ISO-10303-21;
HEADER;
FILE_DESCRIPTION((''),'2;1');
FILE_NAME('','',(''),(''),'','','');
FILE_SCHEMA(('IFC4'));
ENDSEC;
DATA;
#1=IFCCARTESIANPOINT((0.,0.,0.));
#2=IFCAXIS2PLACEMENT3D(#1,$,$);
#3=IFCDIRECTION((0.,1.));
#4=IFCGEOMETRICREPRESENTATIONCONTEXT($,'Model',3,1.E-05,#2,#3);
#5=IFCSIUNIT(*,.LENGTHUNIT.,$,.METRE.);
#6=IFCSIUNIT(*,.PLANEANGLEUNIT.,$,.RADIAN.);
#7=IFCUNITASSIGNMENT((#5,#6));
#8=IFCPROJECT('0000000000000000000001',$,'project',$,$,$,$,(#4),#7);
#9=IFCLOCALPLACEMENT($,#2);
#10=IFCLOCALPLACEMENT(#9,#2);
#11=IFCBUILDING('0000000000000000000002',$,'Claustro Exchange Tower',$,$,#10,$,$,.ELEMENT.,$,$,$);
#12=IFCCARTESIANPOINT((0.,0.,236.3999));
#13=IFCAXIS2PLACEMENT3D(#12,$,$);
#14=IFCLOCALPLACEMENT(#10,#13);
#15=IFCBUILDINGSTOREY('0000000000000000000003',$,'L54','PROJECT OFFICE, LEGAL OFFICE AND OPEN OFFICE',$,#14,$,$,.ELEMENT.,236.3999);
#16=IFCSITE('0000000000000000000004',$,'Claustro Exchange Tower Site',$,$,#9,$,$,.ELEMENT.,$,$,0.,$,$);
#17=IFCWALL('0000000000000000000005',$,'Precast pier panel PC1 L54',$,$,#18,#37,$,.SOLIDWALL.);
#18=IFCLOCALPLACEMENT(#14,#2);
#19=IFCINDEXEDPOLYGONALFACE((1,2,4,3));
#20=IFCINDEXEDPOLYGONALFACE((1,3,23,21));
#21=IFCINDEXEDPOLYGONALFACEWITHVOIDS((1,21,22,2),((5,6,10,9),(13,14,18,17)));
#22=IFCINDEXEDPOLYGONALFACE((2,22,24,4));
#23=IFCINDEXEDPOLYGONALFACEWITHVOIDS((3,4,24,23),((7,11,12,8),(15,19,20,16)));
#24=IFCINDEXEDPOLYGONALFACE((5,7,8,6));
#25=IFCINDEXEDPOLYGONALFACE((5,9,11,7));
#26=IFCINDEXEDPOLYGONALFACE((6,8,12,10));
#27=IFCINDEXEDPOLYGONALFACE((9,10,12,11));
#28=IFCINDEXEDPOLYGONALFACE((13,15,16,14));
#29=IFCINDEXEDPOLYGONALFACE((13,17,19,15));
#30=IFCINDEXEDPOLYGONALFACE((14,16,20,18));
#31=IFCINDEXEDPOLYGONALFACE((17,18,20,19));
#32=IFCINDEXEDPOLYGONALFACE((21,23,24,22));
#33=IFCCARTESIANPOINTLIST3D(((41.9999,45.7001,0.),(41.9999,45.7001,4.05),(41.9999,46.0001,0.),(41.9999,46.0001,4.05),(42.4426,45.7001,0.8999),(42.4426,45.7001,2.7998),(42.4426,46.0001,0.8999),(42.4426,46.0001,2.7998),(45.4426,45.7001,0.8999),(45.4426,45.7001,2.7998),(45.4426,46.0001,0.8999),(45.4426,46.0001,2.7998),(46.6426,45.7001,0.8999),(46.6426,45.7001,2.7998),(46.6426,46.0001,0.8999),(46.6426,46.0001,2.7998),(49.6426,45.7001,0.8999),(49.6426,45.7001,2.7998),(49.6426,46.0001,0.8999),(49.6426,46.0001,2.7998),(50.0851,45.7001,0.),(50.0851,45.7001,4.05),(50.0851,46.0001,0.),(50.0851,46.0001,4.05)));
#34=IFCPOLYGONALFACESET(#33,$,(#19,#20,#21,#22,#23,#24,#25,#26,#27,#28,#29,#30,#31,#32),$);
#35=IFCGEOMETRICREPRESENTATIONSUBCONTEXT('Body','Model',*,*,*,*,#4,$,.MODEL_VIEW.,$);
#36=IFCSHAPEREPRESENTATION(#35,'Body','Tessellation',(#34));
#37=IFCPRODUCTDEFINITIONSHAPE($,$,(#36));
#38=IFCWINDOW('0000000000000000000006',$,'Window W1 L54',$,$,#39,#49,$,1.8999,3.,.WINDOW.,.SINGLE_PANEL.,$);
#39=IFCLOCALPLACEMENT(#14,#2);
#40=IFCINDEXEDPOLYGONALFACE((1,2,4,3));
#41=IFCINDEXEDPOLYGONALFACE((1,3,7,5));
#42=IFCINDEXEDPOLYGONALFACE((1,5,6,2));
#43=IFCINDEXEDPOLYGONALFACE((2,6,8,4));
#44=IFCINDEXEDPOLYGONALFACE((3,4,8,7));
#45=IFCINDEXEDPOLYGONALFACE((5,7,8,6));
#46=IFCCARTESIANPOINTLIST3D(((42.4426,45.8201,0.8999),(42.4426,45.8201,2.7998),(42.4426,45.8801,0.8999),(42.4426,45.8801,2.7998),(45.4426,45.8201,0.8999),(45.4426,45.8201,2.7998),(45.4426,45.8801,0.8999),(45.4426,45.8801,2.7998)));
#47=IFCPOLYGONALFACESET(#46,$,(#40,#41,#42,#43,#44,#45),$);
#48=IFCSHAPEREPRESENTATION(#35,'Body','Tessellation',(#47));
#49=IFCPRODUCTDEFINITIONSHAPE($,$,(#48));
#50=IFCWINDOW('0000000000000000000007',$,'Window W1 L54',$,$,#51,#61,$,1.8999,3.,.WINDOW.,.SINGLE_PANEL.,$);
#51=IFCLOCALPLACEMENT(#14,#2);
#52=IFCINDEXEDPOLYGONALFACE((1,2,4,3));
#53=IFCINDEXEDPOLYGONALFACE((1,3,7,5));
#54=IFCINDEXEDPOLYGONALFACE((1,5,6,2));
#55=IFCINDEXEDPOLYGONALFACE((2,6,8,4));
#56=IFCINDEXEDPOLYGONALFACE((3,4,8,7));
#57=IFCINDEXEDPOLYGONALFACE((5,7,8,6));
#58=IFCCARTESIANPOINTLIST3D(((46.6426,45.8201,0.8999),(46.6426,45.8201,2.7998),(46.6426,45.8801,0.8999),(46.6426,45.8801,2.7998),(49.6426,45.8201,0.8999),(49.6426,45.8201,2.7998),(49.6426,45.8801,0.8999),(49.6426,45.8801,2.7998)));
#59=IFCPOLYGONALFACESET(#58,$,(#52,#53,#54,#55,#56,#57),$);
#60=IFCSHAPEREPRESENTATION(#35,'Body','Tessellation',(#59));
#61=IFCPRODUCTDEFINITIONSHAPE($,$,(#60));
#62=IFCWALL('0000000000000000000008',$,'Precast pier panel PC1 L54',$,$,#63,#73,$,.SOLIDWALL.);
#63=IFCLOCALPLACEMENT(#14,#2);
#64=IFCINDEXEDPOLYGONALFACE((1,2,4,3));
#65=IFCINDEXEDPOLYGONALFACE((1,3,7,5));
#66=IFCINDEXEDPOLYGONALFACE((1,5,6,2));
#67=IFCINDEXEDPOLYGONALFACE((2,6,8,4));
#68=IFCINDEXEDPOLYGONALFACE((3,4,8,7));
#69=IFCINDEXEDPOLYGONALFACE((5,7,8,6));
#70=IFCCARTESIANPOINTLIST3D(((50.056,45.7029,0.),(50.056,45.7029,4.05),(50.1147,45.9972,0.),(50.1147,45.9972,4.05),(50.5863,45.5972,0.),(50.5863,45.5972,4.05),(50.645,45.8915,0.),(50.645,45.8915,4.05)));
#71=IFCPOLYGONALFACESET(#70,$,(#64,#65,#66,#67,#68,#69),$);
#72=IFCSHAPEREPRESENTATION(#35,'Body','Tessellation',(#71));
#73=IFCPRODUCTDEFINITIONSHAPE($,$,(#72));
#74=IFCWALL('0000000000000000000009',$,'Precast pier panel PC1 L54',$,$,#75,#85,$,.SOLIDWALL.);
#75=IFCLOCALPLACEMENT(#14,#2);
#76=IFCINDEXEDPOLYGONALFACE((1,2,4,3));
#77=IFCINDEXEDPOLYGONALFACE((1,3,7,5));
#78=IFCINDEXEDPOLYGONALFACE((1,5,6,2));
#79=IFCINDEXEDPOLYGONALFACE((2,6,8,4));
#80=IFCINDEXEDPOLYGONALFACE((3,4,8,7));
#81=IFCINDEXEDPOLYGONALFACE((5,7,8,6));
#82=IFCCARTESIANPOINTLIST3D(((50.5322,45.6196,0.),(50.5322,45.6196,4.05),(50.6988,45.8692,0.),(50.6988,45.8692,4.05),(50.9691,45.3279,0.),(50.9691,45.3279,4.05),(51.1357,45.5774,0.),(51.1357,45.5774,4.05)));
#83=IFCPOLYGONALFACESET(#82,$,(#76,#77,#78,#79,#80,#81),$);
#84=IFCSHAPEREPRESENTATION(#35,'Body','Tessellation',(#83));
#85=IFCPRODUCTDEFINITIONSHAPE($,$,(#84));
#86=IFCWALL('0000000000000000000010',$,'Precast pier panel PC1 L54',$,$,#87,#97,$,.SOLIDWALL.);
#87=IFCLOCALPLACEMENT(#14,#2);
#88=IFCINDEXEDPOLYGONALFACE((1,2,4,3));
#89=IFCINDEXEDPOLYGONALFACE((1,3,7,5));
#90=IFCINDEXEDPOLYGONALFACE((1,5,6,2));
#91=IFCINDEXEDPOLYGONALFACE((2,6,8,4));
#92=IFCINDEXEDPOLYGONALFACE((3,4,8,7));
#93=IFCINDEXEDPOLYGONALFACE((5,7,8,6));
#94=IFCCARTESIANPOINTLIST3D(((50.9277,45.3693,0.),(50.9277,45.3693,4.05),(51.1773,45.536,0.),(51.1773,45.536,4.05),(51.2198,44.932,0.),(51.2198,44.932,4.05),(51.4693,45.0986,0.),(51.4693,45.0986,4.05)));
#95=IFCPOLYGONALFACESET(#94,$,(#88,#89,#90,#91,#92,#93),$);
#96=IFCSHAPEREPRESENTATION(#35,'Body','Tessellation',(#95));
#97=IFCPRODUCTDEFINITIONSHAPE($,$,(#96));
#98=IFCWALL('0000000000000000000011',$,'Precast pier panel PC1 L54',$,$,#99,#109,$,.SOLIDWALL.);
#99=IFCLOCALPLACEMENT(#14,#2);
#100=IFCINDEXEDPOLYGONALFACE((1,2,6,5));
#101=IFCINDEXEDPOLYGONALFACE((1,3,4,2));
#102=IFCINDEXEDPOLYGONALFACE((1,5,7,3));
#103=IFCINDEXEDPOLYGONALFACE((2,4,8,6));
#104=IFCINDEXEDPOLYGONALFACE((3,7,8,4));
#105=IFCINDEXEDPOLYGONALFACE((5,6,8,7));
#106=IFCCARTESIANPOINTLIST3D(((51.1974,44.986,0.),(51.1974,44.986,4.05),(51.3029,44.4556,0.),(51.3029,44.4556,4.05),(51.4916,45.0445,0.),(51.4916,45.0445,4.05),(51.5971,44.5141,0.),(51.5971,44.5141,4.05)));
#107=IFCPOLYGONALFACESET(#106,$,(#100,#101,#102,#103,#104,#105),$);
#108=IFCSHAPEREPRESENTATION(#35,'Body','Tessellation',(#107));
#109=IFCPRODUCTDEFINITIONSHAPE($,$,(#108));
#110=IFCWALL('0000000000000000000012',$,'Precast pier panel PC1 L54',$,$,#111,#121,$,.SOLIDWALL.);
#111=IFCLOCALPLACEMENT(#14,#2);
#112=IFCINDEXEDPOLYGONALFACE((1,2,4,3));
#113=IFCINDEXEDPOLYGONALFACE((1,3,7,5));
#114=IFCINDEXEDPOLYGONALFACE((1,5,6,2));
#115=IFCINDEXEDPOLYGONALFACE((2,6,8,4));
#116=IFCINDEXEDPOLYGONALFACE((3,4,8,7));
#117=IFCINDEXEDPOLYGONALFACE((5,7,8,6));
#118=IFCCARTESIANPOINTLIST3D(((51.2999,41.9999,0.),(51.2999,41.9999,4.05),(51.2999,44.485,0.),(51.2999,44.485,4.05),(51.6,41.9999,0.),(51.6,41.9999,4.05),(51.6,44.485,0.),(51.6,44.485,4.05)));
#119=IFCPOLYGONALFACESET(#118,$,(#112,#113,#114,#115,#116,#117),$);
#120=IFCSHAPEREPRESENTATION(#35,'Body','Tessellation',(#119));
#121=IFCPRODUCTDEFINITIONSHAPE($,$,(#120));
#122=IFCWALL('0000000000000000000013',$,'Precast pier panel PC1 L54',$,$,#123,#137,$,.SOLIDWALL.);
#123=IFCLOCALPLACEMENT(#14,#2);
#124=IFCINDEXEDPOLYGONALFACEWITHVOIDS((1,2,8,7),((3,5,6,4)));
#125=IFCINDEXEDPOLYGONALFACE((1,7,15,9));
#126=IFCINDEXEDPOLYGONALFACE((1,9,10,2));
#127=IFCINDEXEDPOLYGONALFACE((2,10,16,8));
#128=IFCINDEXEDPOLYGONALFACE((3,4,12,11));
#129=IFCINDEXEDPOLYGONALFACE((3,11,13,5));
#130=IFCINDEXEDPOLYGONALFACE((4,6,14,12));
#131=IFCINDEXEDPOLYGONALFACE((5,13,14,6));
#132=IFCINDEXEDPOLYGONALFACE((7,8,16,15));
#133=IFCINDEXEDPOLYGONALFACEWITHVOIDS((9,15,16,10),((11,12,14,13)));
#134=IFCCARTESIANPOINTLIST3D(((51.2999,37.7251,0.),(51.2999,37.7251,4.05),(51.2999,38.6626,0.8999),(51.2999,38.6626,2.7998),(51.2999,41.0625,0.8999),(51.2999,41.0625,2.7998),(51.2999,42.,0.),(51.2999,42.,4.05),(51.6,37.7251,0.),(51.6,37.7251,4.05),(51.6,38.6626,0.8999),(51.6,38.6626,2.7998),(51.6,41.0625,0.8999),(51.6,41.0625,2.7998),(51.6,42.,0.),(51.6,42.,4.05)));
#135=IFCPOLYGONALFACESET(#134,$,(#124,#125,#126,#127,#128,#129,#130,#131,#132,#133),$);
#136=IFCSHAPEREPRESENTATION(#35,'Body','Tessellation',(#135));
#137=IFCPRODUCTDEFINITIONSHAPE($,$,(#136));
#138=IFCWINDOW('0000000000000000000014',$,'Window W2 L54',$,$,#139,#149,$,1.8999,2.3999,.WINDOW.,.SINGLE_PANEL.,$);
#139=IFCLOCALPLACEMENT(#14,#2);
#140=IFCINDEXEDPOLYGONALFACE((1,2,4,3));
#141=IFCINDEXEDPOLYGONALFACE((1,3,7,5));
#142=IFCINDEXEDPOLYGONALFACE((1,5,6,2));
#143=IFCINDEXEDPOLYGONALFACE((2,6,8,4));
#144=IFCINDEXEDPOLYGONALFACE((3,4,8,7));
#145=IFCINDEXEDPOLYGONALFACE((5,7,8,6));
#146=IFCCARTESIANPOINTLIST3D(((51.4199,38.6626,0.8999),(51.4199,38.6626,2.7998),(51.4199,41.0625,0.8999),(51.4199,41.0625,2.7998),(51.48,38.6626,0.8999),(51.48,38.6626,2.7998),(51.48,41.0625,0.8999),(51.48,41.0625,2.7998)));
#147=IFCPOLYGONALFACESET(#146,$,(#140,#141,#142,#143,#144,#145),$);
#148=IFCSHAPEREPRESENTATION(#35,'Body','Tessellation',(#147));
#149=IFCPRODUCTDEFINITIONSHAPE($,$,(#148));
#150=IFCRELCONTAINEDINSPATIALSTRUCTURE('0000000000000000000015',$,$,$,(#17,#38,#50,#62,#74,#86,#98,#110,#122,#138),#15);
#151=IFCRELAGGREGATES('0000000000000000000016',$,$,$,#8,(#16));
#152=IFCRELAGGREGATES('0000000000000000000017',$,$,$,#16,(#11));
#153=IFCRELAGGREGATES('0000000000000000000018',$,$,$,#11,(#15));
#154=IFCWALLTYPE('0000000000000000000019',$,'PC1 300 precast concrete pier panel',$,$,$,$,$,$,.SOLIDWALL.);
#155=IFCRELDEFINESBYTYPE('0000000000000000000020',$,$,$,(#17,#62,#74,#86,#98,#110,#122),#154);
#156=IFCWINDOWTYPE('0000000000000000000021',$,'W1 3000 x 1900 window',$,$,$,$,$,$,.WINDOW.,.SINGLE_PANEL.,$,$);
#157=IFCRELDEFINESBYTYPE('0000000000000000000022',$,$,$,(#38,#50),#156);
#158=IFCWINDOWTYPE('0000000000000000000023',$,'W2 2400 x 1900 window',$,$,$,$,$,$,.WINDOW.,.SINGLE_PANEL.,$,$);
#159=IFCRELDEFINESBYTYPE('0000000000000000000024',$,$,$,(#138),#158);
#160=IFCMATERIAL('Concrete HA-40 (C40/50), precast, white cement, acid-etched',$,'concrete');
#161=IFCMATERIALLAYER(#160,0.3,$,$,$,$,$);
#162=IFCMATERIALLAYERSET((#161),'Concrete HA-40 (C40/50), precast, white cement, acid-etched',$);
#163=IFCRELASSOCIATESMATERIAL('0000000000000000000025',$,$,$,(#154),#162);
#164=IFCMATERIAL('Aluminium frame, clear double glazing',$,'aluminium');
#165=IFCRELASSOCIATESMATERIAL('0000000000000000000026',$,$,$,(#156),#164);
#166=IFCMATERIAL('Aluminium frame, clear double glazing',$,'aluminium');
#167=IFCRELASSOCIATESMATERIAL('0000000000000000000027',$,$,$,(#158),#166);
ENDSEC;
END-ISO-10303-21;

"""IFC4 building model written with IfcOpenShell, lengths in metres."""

from ifc_helpers import new_model, si_unit, direction, frame, frame_2d, origin, place, context, subcontext, project, spatial, rectangle, extrude, material, layer, layer_set, type_object, element, fill, save


model = new_model("IFC4")

# Units and contexts
model_context = context("Model", 3, precision=1e-05, world=origin(), true_north=direction((0.0, 1.0)))
body_context = subcontext(model_context, "Body", "Model", "MODEL_VIEW")
ifc_project = project(units=[si_unit("LENGTHUNIT", "METRE"), si_unit("PLANEANGLEUNIT", "RADIAN")], contexts=[model_context])

# Site, building, storey
site_placement = place(None, origin())
site = spatial("IfcSite", under=ifc_project, at=site_placement, Name="Claustro Exchange Tower Site", CompositionType="ELEMENT", RefElevation=0.0)
building_placement = place(site_placement, origin())
building = spatial("IfcBuilding", under=site, at=building_placement, Name="Claustro Exchange Tower", CompositionType="ELEMENT")
storey_placement = place(building_placement, frame((0.0, 0.0, 236.3999)))
storey = spatial("IfcBuildingStorey", under=building, at=storey_placement, Name="L54", Description="PROJECT OFFICE, LEGAL OFFICE AND OPEN OFFICE", CompositionType="ELEMENT", Elevation=236.3999)

# Wall, openings, windows
ifc_material_1 = material(Name="Concrete HA-40 (C40/50), precast, white cement, acid-etched", Category="concrete")
ifc_layer_1 = layer(ifc_material_1, 0.3)
ifc_layer_set_1 = layer_set([ifc_layer_1], Name="Concrete HA-40 (C40/50), precast, white cement, acid-etched")
wall_type_1 = type_object("IfcWallType", Name="PC1 300 precast concrete pier panel", PredefinedType="SOLIDWALL", material=ifc_layer_set_1)
wall_1_placement = place(storey_placement, frame((42.0, 45.8501, 0.0), z_axis=(0.0, 0.0, 1.0), x_axis=(1.0, 0.0, 0.0)))
wall_1 = element("IfcWall", 1, at=wall_1_placement, inside=storey, type_object=wall_type_1, Name="Precast pier panel PC1 L54", PredefinedType="SOLIDWALL", context=body_context, shape_type="SweptSolid", body=[
    extrude(rectangle(XDim=8.0852, YDim=0.3, at=frame_2d((4.0425, 0.0))), origin(), (0.0, 0.0, 1.0), 4.05),
])
opening_1_placement = place(wall_1_placement, frame((0.4426, 0.0, 0.8999)))
opening_1 = element("IfcOpeningElement", 2, at=opening_1_placement, cuts=wall_1, PredefinedType="OPENING", context=body_context, shape_type="SweptSolid", body=[
    extrude(rectangle(XDim=3.0, YDim=1.8999, at=frame_2d((1.5, 0.95))), frame((0.0, 0.1599, 0.0), z_axis=(0.0, -1.0, 0.0), x_axis=(1.0, 0.0, 0.0)), (0.0, 0.0, 1.0), 0.3201),
])
opening_2_placement = place(wall_1_placement, frame((4.6426, 0.0, 0.8999)))
opening_2 = element("IfcOpeningElement", 3, at=opening_2_placement, cuts=wall_1, PredefinedType="OPENING", context=body_context, shape_type="SweptSolid", body=[
    extrude(rectangle(XDim=3.0, YDim=1.8999, at=frame_2d((1.5, 0.95))), frame((0.0, 0.1599, 0.0), z_axis=(0.0, -1.0, 0.0), x_axis=(1.0, 0.0, 0.0)), (0.0, 0.0, 1.0), 0.3201),
])
ifc_material_2 = material(Name="Aluminium frame, clear double glazing", Category="aluminium")
window_type_1 = type_object("IfcWindowType", Name="W1 3000 x 1900 window", PartitioningType="SINGLE_PANEL", PredefinedType="WINDOW", material=ifc_material_2)
window_1_placement = place(opening_1_placement, origin())
window_1 = element("IfcWindow", 4, at=window_1_placement, inside=storey, type_object=window_type_1, Name="Window W1 L54", OverallHeight=1.8999, OverallWidth=3.0, PartitioningType="SINGLE_PANEL", PredefinedType="WINDOW", context=body_context, shape_type="SweptSolid", body=[
    extrude(rectangle(XDim=3.0, YDim=1.8999, at=frame_2d((1.5, 0.95))), frame((0.0, 0.03, 0.0), z_axis=(0.0, -1.0, 0.0), x_axis=(1.0, 0.0, 0.0)), (0.0, 0.0, 1.0), 0.0601),
])
fill(opening_1, window_1)
window_2_placement = place(opening_2_placement, origin())
window_2 = element("IfcWindow", 5, at=window_2_placement, inside=storey, type_object=window_type_1, Name="Window W1 L54", OverallHeight=1.8999, OverallWidth=3.0, PartitioningType="SINGLE_PANEL", PredefinedType="WINDOW", context=body_context, shape_type="SweptSolid", body=[
    extrude(rectangle(XDim=3.0, YDim=1.8999, at=frame_2d((1.5, 0.95))), frame((0.0, 0.03, 0.0), z_axis=(0.0, -1.0, 0.0), x_axis=(1.0, 0.0, 0.0)), (0.0, 0.0, 1.0), 0.0601),
])
fill(opening_2, window_2)

# Walls
wall_2_placement = place(storey_placement, frame((50.0852, 45.8501, 0.0), z_axis=(0.0, 0.0, 1.0), x_axis=(0.980702, -0.195508, 0.0)))
element("IfcWall", 6, at=wall_2_placement, inside=storey, type_object=wall_type_1, Name="Precast pier panel PC1 L54", PredefinedType="SOLIDWALL", context=body_context, shape_type="SweptSolid", body=[
    extrude(rectangle(XDim=0.5408, YDim=0.3, at=frame_2d((0.2705, 0.0))), origin(), (0.0, 0.0, 1.0), 4.05),
])
wall_3_placement = place(storey_placement, frame((50.6155, 45.7444, 0.0), z_axis=(0.0, 0.0, 1.0), x_axis=(0.831693, -0.555236, 0.0)))
element("IfcWall", 7, at=wall_3_placement, inside=storey, type_object=wall_type_1, Name="Precast pier panel PC1 L54", PredefinedType="SOLIDWALL", context=body_context, shape_type="SweptSolid", body=[
    extrude(rectangle(XDim=0.5254, YDim=0.3, at=frame_2d((0.2627, 0.0))), origin(), (0.0, 0.0, 1.0), 4.05),
])
wall_4_placement = place(storey_placement, frame((51.0525, 45.4526, 0.0), z_axis=(0.0, 0.0, 1.0), x_axis=(0.555343, -0.831621, 0.0)))
element("IfcWall", 8, at=wall_4_placement, inside=storey, type_object=wall_type_1, Name="Precast pier panel PC1 L54", PredefinedType="SOLIDWALL", context=body_context, shape_type="SweptSolid", body=[
    extrude(rectangle(XDim=0.5259, YDim=0.3, at=frame_2d((0.2629, 0.0))), origin(), (0.0, 0.0, 1.0), 4.05),
])
wall_5_placement = place(storey_placement, frame((51.3445, 45.0154, 0.0), z_axis=(0.0, 0.0, 1.0), x_axis=(0.195074, -0.980789, 0.0)))
element("IfcWall", 9, at=wall_5_placement, inside=storey, type_object=wall_type_1, Name="Precast pier panel PC1 L54", PredefinedType="SOLIDWALL", context=body_context, shape_type="SweptSolid", body=[
    extrude(rectangle(XDim=0.5408, YDim=0.3, at=frame_2d((0.2705, 0.0))), origin(), (0.0, 0.0, 1.0), 4.05),
])
wall_6_placement = place(storey_placement, frame((51.45, 44.4851, 0.0), z_axis=(0.0, 0.0, 1.0), x_axis=(0.0, -1.0, 0.0)))
element("IfcWall", 10, at=wall_6_placement, inside=storey, type_object=wall_type_1, Name="Precast pier panel PC1 L54", PredefinedType="SOLIDWALL", context=body_context, shape_type="SweptSolid", body=[
    extrude(rectangle(XDim=2.4851, YDim=0.3, at=frame_2d((1.2427, 0.0))), origin(), (0.0, 0.0, 1.0), 4.05),
])

# Wall, opening, window
wall_7_placement = place(storey_placement, frame((51.45, 42.0, 0.0), z_axis=(0.0, 0.0, 1.0), x_axis=(0.0, -1.0, 0.0)))
wall_7 = element("IfcWall", 11, at=wall_7_placement, inside=storey, type_object=wall_type_1, Name="Precast pier panel PC1 L54", PredefinedType="SOLIDWALL", context=body_context, shape_type="SweptSolid", body=[
    extrude(rectangle(XDim=4.2749, YDim=0.3, at=frame_2d((2.1375, 0.0))), origin(), (0.0, 0.0, 1.0), 4.05),
])
opening_3_placement = place(wall_7_placement, frame((0.9375, 0.0, 0.8999)))
opening_3 = element("IfcOpeningElement", 12, at=opening_3_placement, cuts=wall_7, PredefinedType="OPENING", context=body_context, shape_type="SweptSolid", body=[
    extrude(rectangle(XDim=2.3999, YDim=1.8999, at=frame_2d((1.2, 0.95))), frame((0.0, 0.1599, 0.0), z_axis=(0.0, -1.0, 0.0), x_axis=(1.0, 0.0, 0.0)), (0.0, 0.0, 1.0), 0.3201),
])
ifc_material_3 = material(Name="Aluminium frame, clear double glazing", Category="aluminium")
window_type_2 = type_object("IfcWindowType", Name="W2 2400 x 1900 window", PartitioningType="SINGLE_PANEL", PredefinedType="WINDOW", material=ifc_material_3)
window_3_placement = place(opening_3_placement, origin())
window_3 = element("IfcWindow", 13, at=window_3_placement, inside=storey, type_object=window_type_2, Name="Window W2 L54", OverallHeight=1.8999, OverallWidth=2.3999, PartitioningType="SINGLE_PANEL", PredefinedType="WINDOW", context=body_context, shape_type="SweptSolid", body=[
    extrude(rectangle(XDim=2.3999, YDim=1.8999, at=frame_2d((1.2, 0.95))), frame((0.0, 0.03, 0.0), z_axis=(0.0, -1.0, 0.0), x_axis=(1.0, 0.0, 0.0)), (0.0, 0.0, 1.0), 0.0601),
])
fill(opening_3, window_3)

save(model, "model.ifc")
